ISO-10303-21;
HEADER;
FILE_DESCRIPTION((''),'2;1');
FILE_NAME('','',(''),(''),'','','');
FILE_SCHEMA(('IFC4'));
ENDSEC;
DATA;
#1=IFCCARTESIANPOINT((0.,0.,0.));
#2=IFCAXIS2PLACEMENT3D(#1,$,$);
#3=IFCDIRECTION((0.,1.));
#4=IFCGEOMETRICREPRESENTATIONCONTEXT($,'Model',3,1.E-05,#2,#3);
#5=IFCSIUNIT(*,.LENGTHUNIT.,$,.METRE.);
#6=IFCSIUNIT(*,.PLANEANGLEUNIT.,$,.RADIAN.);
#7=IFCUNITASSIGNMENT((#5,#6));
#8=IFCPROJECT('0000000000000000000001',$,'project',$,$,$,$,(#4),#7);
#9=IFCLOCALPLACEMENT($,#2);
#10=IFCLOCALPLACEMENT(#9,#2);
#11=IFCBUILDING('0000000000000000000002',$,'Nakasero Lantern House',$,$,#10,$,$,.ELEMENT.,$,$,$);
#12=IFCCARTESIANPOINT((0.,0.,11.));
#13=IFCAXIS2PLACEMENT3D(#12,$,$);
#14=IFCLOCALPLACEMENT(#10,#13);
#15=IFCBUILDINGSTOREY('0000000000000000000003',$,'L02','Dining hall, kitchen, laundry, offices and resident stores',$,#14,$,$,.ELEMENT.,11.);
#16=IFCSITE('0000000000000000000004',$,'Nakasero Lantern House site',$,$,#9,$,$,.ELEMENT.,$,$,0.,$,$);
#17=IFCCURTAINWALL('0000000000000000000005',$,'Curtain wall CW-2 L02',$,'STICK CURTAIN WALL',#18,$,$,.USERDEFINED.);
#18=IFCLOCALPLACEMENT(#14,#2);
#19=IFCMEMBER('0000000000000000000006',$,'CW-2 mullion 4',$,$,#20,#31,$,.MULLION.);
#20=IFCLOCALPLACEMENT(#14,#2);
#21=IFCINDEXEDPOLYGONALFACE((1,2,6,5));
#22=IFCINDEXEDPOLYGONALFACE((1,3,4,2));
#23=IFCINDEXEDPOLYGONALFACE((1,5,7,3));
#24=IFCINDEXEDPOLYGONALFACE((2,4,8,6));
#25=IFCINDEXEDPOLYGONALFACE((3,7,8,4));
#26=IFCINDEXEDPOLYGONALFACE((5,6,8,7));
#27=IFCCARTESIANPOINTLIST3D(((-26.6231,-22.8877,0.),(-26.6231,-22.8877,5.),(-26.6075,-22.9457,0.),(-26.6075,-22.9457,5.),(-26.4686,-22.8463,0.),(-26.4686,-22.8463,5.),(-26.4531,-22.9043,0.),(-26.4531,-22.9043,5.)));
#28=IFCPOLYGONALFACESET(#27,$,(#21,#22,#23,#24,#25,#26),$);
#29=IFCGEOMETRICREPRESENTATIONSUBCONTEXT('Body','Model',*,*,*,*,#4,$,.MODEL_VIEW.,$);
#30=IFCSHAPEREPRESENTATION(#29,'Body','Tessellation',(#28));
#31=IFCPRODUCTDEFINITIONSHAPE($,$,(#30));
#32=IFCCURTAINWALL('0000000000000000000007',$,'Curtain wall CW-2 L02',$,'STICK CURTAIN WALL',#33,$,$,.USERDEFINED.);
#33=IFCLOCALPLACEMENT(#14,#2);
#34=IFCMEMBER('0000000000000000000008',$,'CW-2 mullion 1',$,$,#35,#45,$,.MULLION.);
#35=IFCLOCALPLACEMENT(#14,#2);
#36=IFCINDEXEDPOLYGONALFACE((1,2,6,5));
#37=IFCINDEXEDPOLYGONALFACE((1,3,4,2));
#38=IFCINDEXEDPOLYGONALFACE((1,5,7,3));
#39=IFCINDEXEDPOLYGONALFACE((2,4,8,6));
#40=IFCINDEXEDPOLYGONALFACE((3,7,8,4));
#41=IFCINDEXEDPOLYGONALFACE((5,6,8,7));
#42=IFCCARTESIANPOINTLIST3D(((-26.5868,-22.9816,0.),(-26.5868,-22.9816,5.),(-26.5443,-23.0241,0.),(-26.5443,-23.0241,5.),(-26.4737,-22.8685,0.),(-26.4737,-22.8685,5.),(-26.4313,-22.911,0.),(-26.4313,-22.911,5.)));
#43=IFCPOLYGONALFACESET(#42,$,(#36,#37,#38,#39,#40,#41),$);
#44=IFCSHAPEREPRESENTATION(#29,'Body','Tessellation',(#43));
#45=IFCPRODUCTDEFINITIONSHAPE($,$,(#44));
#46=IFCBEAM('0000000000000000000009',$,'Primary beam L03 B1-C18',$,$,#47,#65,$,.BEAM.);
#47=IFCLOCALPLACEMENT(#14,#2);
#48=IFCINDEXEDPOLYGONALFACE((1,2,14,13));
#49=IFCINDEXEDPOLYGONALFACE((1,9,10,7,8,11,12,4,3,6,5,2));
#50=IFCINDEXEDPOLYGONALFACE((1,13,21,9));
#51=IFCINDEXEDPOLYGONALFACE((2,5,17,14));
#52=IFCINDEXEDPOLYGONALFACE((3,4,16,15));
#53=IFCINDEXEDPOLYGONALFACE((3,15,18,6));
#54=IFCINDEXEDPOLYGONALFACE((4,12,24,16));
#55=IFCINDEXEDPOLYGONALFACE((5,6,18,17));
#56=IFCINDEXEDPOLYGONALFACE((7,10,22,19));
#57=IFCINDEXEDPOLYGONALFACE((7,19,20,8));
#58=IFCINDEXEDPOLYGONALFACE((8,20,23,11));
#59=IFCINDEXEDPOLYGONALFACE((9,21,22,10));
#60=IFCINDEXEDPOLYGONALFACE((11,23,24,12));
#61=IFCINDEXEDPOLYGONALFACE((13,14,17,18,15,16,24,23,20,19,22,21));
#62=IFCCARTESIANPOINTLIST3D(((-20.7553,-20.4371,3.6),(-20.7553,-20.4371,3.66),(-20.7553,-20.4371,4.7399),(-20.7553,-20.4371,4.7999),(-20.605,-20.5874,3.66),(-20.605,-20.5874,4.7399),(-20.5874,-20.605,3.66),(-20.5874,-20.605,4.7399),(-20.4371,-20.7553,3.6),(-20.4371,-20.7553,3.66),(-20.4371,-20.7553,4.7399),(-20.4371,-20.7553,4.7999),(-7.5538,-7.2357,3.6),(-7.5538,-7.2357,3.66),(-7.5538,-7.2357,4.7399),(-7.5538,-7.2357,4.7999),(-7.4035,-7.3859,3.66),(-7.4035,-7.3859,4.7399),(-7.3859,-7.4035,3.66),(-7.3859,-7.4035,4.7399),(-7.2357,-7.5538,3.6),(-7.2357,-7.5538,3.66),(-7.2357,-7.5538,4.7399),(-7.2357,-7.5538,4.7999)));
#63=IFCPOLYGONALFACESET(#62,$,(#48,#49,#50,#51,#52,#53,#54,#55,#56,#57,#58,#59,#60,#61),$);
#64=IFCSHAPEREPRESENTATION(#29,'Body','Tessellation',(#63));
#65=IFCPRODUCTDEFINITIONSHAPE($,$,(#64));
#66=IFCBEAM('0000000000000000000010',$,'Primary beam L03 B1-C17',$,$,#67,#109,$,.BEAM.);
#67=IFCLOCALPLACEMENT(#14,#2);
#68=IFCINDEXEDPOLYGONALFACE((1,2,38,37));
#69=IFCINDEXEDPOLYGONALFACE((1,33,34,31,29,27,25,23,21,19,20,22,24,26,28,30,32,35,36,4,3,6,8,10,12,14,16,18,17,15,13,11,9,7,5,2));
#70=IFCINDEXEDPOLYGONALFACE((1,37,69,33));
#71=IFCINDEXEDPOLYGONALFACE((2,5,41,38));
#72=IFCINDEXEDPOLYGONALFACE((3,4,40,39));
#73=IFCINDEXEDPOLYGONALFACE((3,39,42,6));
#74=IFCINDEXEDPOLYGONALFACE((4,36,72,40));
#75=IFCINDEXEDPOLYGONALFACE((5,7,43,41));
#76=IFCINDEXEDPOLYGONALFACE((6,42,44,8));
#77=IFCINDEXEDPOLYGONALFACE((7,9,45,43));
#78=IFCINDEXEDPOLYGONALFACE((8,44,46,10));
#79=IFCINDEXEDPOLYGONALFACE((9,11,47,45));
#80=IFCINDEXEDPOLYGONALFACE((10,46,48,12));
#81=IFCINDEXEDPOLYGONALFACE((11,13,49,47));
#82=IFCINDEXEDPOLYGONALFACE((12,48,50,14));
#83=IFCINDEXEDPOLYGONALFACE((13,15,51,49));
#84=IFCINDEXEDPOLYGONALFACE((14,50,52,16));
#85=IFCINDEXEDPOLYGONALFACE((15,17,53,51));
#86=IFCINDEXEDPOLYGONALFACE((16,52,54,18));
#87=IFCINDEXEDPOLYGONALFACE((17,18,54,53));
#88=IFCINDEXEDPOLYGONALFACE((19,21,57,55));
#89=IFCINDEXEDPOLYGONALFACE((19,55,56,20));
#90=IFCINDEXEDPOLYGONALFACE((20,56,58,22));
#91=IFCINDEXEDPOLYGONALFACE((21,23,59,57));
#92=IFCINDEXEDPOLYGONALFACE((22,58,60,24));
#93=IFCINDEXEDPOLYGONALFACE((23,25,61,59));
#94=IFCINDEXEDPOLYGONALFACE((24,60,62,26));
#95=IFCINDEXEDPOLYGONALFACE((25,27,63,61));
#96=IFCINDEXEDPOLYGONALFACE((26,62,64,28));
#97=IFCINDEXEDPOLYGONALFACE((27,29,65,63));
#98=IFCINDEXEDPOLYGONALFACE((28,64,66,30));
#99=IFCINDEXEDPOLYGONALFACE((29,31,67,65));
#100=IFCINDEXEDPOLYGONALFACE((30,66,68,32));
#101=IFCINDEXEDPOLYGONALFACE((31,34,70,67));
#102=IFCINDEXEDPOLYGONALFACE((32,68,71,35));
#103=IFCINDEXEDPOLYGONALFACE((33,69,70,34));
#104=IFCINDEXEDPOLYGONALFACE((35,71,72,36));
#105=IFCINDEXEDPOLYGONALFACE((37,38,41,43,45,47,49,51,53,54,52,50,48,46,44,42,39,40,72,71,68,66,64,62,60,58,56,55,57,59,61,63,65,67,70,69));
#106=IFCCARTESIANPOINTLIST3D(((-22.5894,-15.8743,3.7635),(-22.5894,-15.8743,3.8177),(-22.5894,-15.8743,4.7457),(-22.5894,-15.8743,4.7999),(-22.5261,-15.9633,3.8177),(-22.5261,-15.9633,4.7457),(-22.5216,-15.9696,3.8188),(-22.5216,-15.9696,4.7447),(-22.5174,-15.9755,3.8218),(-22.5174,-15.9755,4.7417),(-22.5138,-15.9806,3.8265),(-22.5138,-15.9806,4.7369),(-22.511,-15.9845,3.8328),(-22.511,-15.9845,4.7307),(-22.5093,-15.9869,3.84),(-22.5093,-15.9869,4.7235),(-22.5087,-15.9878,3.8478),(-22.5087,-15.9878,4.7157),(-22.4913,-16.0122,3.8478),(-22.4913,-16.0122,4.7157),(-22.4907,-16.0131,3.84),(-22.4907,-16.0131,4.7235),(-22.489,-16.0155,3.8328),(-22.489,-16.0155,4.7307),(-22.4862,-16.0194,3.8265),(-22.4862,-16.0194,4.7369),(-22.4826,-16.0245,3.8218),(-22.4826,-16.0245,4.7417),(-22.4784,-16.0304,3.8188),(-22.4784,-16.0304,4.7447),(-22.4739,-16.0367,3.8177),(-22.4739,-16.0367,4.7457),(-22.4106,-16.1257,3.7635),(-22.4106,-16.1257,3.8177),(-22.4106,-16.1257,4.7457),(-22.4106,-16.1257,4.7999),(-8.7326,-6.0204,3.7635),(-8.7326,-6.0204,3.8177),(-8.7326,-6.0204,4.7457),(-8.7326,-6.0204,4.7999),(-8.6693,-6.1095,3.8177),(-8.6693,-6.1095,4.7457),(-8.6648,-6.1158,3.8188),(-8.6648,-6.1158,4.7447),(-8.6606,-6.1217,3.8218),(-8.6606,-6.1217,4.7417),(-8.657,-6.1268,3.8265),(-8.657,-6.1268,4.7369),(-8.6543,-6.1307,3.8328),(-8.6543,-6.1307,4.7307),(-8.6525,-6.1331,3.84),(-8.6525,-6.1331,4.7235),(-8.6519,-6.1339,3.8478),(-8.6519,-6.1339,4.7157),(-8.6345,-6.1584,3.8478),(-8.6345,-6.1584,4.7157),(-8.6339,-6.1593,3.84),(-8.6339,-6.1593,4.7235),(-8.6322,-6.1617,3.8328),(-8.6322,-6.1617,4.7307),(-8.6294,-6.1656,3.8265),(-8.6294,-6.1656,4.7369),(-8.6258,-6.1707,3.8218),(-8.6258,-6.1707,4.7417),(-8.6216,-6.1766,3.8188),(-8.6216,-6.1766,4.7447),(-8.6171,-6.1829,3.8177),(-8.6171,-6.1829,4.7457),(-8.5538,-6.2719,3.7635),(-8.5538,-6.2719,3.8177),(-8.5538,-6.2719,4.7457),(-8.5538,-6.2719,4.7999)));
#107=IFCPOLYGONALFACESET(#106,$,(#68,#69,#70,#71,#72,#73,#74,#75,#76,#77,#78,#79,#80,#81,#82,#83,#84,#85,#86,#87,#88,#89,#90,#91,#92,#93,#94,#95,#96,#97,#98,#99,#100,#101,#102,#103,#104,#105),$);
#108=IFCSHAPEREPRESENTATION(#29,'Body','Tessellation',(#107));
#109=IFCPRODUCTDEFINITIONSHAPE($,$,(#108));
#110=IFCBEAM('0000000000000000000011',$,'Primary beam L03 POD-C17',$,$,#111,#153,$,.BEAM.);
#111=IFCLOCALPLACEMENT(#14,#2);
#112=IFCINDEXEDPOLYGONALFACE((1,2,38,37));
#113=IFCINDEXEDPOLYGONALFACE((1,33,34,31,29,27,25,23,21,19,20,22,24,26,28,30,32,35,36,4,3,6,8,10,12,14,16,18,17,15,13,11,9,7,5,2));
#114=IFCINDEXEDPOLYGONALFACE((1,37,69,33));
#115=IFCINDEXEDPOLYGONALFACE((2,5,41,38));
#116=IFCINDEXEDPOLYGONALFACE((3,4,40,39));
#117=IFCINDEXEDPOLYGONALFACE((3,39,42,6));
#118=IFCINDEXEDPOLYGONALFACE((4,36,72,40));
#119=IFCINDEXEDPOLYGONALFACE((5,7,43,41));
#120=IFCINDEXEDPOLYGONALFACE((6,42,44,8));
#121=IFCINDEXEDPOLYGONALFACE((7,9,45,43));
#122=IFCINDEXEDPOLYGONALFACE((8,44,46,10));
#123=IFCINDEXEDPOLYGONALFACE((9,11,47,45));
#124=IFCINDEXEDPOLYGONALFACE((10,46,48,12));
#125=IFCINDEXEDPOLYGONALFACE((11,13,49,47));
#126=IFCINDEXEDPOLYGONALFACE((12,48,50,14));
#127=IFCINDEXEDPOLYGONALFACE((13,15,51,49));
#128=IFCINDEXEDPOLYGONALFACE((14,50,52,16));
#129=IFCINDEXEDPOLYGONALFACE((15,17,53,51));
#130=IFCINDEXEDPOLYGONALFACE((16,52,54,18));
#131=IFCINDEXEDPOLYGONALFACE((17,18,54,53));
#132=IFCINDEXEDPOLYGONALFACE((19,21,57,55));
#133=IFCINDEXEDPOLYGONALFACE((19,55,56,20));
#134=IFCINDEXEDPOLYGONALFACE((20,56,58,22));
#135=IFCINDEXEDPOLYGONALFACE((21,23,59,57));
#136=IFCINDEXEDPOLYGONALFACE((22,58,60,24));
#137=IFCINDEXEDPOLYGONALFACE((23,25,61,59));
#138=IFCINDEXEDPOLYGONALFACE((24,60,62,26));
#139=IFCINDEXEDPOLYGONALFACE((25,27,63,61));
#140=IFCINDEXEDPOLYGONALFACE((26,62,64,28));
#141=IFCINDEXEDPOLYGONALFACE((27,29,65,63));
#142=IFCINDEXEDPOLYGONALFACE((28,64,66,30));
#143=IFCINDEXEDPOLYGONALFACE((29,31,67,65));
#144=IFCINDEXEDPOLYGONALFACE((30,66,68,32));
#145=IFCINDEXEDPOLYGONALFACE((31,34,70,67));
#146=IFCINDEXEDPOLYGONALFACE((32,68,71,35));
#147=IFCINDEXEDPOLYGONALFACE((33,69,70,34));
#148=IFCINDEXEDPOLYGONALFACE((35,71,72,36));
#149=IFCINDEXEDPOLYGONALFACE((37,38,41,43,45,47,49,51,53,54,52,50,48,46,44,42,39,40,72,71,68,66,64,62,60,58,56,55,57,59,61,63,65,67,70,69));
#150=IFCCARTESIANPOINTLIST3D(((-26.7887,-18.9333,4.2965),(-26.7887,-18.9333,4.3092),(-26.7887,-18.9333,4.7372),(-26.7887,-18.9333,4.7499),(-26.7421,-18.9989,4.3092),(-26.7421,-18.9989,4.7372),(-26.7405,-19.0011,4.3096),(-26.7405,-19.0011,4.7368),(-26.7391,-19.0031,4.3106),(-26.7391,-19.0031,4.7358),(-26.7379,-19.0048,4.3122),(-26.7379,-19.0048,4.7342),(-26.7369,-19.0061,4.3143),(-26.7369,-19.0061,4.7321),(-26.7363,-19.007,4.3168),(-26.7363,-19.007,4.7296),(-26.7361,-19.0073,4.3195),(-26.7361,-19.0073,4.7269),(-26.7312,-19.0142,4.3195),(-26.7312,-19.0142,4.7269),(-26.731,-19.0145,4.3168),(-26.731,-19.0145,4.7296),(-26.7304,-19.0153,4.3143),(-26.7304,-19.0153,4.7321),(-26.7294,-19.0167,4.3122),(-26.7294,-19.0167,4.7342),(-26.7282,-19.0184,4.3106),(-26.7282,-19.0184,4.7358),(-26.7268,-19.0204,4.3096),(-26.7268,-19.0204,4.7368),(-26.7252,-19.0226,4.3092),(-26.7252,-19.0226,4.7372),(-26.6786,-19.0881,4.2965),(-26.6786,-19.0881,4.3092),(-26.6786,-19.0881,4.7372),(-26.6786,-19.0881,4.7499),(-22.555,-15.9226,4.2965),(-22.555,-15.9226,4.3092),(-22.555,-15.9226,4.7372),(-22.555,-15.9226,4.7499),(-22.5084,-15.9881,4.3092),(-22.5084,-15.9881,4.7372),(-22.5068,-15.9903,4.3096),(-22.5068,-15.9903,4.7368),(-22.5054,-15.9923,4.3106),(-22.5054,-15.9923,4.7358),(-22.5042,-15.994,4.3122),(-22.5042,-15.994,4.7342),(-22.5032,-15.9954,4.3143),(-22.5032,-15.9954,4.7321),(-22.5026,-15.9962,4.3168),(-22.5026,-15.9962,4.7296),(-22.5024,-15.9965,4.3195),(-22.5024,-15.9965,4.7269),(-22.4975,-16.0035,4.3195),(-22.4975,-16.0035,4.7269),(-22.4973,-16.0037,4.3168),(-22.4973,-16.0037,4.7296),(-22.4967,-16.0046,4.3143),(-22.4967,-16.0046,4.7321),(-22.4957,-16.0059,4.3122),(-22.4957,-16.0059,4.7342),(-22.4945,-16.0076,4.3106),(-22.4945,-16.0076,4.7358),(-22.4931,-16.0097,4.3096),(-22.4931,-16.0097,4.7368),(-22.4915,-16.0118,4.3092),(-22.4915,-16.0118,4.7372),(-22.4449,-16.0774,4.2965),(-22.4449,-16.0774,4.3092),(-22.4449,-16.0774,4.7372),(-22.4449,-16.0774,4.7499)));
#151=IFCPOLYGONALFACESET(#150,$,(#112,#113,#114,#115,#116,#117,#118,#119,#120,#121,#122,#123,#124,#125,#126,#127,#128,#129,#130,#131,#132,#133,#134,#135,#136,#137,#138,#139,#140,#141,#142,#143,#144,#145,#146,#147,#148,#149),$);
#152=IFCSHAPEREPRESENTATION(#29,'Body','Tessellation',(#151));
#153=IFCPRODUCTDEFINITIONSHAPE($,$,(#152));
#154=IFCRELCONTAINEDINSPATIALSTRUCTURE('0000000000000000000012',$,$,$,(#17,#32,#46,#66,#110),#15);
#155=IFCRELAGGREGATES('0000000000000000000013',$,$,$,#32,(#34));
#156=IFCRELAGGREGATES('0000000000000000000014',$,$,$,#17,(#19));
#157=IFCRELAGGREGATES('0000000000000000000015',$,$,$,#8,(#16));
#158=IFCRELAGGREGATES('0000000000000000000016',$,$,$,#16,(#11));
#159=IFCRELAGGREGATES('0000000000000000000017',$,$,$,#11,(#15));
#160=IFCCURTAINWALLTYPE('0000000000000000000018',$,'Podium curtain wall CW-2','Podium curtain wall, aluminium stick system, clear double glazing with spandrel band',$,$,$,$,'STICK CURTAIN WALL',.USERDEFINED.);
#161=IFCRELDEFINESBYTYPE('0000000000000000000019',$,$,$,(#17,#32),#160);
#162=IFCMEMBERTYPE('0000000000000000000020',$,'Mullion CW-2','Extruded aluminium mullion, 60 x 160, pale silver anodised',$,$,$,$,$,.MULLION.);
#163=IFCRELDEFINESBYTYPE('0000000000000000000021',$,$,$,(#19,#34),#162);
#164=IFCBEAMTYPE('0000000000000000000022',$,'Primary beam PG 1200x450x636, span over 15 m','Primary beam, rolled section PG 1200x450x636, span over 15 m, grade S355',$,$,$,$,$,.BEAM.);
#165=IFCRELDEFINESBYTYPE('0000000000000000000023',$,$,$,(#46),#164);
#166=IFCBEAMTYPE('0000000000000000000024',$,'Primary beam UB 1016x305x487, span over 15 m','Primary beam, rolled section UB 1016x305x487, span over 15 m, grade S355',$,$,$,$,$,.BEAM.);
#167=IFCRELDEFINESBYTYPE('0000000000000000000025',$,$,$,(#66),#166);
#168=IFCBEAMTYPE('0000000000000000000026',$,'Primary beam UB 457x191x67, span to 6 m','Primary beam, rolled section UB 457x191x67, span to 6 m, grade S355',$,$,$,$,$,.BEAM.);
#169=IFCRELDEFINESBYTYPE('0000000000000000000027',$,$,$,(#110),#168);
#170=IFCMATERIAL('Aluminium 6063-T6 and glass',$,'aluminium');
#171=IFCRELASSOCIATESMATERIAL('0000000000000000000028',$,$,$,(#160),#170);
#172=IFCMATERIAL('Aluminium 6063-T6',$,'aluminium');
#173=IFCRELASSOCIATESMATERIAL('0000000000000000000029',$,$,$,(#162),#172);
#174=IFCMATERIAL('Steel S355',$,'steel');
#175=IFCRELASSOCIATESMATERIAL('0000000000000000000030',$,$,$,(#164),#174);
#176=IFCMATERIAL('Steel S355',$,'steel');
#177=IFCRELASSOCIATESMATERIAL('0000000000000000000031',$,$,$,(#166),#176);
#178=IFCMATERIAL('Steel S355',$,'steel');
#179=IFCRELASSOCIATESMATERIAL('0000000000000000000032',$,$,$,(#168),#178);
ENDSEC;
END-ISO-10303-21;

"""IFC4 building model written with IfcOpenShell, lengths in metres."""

from ifc_helpers import new_model, si_unit, direction, frame, origin, origin_2d, place, context, subcontext, project, spatial, rectangle, i_section, extrude, material, material_profile, profile_set, type_object, element, aggregate, save


model = new_model("IFC4")

# Units and contexts
model_context = context("Model", 3, precision=1e-05, world=origin(), true_north=direction((0.0, 1.0)))
body_context = subcontext(model_context, "Body", "Model", "MODEL_VIEW")
ifc_project = project(units=[si_unit("LENGTHUNIT", "METRE"), si_unit("PLANEANGLEUNIT", "RADIAN")], contexts=[model_context])

# Site, building, storey
site_placement = place(None, origin())
site = spatial("IfcSite", under=ifc_project, at=site_placement, Name="Nakasero Lantern House site", CompositionType="ELEMENT", RefElevation=0.0)
building_placement = place(site_placement, origin())
building = spatial("IfcBuilding", under=site, at=building_placement, Name="Nakasero Lantern House", CompositionType="ELEMENT")
storey_placement = place(building_placement, frame((0.0, 0.0, 11.0)))
storey = spatial("IfcBuildingStorey", under=building, at=storey_placement, Name="L02", Description="Dining hall, kitchen, laundry, offices and resident stores", CompositionType="ELEMENT", Elevation=11.0)

# Curtain wall, member
ifc_material_1 = material(Name="Aluminium 6063-T6 and glass", Category="aluminium")
curtain_wall_type = type_object("IfcCurtainWallType", Name="Podium curtain wall CW-2", Description="Podium curtain wall, aluminium stick system, clear double glazing with spandrel band", ElementType="STICK CURTAIN WALL", PredefinedType="USERDEFINED", material=ifc_material_1)
curtain_wall_1_placement = place(storey_placement, origin())
curtain_wall_1 = element("IfcCurtainWall", 1, at=curtain_wall_1_placement, inside=storey, type_object=curtain_wall_type, Name="Curtain wall CW-2 L02", ObjectType="STICK CURTAIN WALL", PredefinedType="USERDEFINED")
ifc_material_2 = material(Name="Aluminium 6063-T6", Category="aluminium")
ifc_material_profile_1 = material_profile(ifc_material_2, rectangle(XDim=0.0601, YDim=0.1599, at=origin_2d()), Name="CW-2 mullion 60x160")
ifc_profile_set_1 = profile_set([ifc_material_profile_1], Name="Aluminium 6063-T6")
member_type_1 = type_object("IfcMemberType", Name="Mullion CW-2", Description="Extruded aluminium mullion, 60 x 160, pale silver anodised", PredefinedType="MULLION", material=ifc_profile_set_1)
member_1_placement = place(storey_placement, frame((-26.5381, -22.896, 0.0), z_axis=(0.0, 0.0, 1.0), x_axis=(0.258819, -0.965926, 0.0)))
member_1 = element("IfcMember", 2, at=member_1_placement, type_object=member_type_1, Name="CW-2 mullion 4", PredefinedType="MULLION", context=body_context, shape_type="SweptSolid", body=[
    extrude(rectangle(XDim=0.0601, YDim=0.1599, at=origin_2d()), origin(), (0.0, 0.0, 1.0), 5.0),
])

# Curtain wall, member
curtain_wall_2_placement = place(storey_placement, origin())
curtain_wall_2 = element("IfcCurtainWall", 3, at=curtain_wall_2_placement, inside=storey, type_object=curtain_wall_type, Name="Curtain wall CW-2 L02", ObjectType="STICK CURTAIN WALL", PredefinedType="USERDEFINED")
member_2_placement = place(storey_placement, frame((-26.509, -22.9463, 0.0), z_axis=(0.0, 0.0, 1.0), x_axis=(0.707107, -0.707107, 0.0)))
member_2 = element("IfcMember", 4, at=member_2_placement, type_object=member_type_1, Name="CW-2 mullion 1", PredefinedType="MULLION", context=body_context, shape_type="SweptSolid", body=[
    extrude(rectangle(XDim=0.0601, YDim=0.1599, at=origin_2d()), origin(), (0.0, 0.0, 1.0), 5.0),
])

# Beams
ifc_material_3 = material(Name="Steel S355", Category="steel")
ifc_material_profile_2 = material_profile(ifc_material_3, i_section(OverallWidth=0.45, OverallDepth=1.2, WebThickness=0.0249, FlangeThickness=0.0601, at=origin_2d()), Name="PG 1200x450x636")
ifc_profile_set_2 = profile_set([ifc_material_profile_2], Name="Steel S355")
beam_type_1 = type_object("IfcBeamType", Name="Primary beam PG 1200x450x636, span over 15 m", Description="Primary beam, rolled section PG 1200x450x636, span over 15 m, grade S355", PredefinedType="BEAM", material=ifc_profile_set_2)
beam_1_placement = place(storey_placement, frame((-20.5962, -20.5962, 4.2), z_axis=(0.707107, 0.707107, 0.0), x_axis=(-0.707107, 0.707107, 0.0)))
element("IfcBeam", 5, at=beam_1_placement, inside=storey, type_object=beam_type_1, Name="Primary beam L03 B1-C18", PredefinedType="BEAM", context=body_context, shape_type="SweptSolid", body=[
    extrude(i_section(OverallWidth=0.45, OverallDepth=1.2, WebThickness=0.0249, FlangeThickness=0.0601, at=origin_2d()), origin(), (0.0, 0.0, 1.0), 18.6697),
])
ifc_material_4 = material(Name="Steel S355", Category="steel")
ifc_material_profile_3 = material_profile(ifc_material_4, i_section(OverallWidth=0.3086, OverallDepth=1.0364, WebThickness=0.03, FlangeThickness=0.0542, FilletRadius=0.03, at=origin_2d()), Name="UB 1016x305x487")
ifc_profile_set_3 = profile_set([ifc_material_profile_3], Name="Steel S355")
beam_type_2 = type_object("IfcBeamType", Name="Primary beam UB 1016x305x487, span over 15 m", Description="Primary beam, rolled section UB 1016x305x487, span over 15 m, grade S355", PredefinedType="BEAM", material=ifc_profile_set_3)
beam_2_placement = place(storey_placement, frame((-22.5, -16.0, 4.2817), z_axis=(0.814952, 0.579528, 0.0), x_axis=(-0.579528, 0.814952, 0.0)))
element("IfcBeam", 6, at=beam_2_placement, inside=storey, type_object=beam_type_2, Name="Primary beam L03 B1-C17", PredefinedType="BEAM", context=body_context, shape_type="SweptSolid", body=[
    extrude(i_section(OverallWidth=0.3086, OverallDepth=1.0364, WebThickness=0.03, FlangeThickness=0.0542, FilletRadius=0.03, at=origin_2d()), origin(), (0.0, 0.0, 1.0), 17.0032),
])
ifc_material_5 = material(Name="Steel S355", Category="steel")
ifc_material_profile_4 = material_profile(ifc_material_5, i_section(OverallWidth=0.1899, OverallDepth=0.4534, WebThickness=0.0085, FlangeThickness=0.0127, FilletRadius=0.0103, at=origin_2d()), Name="UB 457x191x67")
ifc_profile_set_4 = profile_set([ifc_material_profile_4], Name="Steel S355")
beam_type_3 = type_object("IfcBeamType", Name="Primary beam UB 457x191x67, span to 6 m", Description="Primary beam, rolled section UB 457x191x67, span to 6 m, grade S355", PredefinedType="BEAM", material=ifc_profile_set_4)
beam_3_placement = place(storey_placement, frame((-26.7336, -19.0107, 4.5232), z_axis=(0.814942, 0.579543, 0.0), x_axis=(-0.579543, 0.814942, 0.0)))
element("IfcBeam", 7, at=beam_3_placement, inside=storey, type_object=beam_type_3, Name="Primary beam L03 POD-C17", PredefinedType="BEAM", context=body_context, shape_type="SweptSolid", body=[
    extrude(i_section(OverallWidth=0.1899, OverallDepth=0.4534, WebThickness=0.0085, FlangeThickness=0.0127, FilletRadius=0.0103, at=origin_2d()), origin(), (0.0, 0.0, 1.0), 5.1951),
])

aggregate(curtain_wall_2, [member_2])

aggregate(curtain_wall_1, [member_1])

save(model, "model.ifc")
